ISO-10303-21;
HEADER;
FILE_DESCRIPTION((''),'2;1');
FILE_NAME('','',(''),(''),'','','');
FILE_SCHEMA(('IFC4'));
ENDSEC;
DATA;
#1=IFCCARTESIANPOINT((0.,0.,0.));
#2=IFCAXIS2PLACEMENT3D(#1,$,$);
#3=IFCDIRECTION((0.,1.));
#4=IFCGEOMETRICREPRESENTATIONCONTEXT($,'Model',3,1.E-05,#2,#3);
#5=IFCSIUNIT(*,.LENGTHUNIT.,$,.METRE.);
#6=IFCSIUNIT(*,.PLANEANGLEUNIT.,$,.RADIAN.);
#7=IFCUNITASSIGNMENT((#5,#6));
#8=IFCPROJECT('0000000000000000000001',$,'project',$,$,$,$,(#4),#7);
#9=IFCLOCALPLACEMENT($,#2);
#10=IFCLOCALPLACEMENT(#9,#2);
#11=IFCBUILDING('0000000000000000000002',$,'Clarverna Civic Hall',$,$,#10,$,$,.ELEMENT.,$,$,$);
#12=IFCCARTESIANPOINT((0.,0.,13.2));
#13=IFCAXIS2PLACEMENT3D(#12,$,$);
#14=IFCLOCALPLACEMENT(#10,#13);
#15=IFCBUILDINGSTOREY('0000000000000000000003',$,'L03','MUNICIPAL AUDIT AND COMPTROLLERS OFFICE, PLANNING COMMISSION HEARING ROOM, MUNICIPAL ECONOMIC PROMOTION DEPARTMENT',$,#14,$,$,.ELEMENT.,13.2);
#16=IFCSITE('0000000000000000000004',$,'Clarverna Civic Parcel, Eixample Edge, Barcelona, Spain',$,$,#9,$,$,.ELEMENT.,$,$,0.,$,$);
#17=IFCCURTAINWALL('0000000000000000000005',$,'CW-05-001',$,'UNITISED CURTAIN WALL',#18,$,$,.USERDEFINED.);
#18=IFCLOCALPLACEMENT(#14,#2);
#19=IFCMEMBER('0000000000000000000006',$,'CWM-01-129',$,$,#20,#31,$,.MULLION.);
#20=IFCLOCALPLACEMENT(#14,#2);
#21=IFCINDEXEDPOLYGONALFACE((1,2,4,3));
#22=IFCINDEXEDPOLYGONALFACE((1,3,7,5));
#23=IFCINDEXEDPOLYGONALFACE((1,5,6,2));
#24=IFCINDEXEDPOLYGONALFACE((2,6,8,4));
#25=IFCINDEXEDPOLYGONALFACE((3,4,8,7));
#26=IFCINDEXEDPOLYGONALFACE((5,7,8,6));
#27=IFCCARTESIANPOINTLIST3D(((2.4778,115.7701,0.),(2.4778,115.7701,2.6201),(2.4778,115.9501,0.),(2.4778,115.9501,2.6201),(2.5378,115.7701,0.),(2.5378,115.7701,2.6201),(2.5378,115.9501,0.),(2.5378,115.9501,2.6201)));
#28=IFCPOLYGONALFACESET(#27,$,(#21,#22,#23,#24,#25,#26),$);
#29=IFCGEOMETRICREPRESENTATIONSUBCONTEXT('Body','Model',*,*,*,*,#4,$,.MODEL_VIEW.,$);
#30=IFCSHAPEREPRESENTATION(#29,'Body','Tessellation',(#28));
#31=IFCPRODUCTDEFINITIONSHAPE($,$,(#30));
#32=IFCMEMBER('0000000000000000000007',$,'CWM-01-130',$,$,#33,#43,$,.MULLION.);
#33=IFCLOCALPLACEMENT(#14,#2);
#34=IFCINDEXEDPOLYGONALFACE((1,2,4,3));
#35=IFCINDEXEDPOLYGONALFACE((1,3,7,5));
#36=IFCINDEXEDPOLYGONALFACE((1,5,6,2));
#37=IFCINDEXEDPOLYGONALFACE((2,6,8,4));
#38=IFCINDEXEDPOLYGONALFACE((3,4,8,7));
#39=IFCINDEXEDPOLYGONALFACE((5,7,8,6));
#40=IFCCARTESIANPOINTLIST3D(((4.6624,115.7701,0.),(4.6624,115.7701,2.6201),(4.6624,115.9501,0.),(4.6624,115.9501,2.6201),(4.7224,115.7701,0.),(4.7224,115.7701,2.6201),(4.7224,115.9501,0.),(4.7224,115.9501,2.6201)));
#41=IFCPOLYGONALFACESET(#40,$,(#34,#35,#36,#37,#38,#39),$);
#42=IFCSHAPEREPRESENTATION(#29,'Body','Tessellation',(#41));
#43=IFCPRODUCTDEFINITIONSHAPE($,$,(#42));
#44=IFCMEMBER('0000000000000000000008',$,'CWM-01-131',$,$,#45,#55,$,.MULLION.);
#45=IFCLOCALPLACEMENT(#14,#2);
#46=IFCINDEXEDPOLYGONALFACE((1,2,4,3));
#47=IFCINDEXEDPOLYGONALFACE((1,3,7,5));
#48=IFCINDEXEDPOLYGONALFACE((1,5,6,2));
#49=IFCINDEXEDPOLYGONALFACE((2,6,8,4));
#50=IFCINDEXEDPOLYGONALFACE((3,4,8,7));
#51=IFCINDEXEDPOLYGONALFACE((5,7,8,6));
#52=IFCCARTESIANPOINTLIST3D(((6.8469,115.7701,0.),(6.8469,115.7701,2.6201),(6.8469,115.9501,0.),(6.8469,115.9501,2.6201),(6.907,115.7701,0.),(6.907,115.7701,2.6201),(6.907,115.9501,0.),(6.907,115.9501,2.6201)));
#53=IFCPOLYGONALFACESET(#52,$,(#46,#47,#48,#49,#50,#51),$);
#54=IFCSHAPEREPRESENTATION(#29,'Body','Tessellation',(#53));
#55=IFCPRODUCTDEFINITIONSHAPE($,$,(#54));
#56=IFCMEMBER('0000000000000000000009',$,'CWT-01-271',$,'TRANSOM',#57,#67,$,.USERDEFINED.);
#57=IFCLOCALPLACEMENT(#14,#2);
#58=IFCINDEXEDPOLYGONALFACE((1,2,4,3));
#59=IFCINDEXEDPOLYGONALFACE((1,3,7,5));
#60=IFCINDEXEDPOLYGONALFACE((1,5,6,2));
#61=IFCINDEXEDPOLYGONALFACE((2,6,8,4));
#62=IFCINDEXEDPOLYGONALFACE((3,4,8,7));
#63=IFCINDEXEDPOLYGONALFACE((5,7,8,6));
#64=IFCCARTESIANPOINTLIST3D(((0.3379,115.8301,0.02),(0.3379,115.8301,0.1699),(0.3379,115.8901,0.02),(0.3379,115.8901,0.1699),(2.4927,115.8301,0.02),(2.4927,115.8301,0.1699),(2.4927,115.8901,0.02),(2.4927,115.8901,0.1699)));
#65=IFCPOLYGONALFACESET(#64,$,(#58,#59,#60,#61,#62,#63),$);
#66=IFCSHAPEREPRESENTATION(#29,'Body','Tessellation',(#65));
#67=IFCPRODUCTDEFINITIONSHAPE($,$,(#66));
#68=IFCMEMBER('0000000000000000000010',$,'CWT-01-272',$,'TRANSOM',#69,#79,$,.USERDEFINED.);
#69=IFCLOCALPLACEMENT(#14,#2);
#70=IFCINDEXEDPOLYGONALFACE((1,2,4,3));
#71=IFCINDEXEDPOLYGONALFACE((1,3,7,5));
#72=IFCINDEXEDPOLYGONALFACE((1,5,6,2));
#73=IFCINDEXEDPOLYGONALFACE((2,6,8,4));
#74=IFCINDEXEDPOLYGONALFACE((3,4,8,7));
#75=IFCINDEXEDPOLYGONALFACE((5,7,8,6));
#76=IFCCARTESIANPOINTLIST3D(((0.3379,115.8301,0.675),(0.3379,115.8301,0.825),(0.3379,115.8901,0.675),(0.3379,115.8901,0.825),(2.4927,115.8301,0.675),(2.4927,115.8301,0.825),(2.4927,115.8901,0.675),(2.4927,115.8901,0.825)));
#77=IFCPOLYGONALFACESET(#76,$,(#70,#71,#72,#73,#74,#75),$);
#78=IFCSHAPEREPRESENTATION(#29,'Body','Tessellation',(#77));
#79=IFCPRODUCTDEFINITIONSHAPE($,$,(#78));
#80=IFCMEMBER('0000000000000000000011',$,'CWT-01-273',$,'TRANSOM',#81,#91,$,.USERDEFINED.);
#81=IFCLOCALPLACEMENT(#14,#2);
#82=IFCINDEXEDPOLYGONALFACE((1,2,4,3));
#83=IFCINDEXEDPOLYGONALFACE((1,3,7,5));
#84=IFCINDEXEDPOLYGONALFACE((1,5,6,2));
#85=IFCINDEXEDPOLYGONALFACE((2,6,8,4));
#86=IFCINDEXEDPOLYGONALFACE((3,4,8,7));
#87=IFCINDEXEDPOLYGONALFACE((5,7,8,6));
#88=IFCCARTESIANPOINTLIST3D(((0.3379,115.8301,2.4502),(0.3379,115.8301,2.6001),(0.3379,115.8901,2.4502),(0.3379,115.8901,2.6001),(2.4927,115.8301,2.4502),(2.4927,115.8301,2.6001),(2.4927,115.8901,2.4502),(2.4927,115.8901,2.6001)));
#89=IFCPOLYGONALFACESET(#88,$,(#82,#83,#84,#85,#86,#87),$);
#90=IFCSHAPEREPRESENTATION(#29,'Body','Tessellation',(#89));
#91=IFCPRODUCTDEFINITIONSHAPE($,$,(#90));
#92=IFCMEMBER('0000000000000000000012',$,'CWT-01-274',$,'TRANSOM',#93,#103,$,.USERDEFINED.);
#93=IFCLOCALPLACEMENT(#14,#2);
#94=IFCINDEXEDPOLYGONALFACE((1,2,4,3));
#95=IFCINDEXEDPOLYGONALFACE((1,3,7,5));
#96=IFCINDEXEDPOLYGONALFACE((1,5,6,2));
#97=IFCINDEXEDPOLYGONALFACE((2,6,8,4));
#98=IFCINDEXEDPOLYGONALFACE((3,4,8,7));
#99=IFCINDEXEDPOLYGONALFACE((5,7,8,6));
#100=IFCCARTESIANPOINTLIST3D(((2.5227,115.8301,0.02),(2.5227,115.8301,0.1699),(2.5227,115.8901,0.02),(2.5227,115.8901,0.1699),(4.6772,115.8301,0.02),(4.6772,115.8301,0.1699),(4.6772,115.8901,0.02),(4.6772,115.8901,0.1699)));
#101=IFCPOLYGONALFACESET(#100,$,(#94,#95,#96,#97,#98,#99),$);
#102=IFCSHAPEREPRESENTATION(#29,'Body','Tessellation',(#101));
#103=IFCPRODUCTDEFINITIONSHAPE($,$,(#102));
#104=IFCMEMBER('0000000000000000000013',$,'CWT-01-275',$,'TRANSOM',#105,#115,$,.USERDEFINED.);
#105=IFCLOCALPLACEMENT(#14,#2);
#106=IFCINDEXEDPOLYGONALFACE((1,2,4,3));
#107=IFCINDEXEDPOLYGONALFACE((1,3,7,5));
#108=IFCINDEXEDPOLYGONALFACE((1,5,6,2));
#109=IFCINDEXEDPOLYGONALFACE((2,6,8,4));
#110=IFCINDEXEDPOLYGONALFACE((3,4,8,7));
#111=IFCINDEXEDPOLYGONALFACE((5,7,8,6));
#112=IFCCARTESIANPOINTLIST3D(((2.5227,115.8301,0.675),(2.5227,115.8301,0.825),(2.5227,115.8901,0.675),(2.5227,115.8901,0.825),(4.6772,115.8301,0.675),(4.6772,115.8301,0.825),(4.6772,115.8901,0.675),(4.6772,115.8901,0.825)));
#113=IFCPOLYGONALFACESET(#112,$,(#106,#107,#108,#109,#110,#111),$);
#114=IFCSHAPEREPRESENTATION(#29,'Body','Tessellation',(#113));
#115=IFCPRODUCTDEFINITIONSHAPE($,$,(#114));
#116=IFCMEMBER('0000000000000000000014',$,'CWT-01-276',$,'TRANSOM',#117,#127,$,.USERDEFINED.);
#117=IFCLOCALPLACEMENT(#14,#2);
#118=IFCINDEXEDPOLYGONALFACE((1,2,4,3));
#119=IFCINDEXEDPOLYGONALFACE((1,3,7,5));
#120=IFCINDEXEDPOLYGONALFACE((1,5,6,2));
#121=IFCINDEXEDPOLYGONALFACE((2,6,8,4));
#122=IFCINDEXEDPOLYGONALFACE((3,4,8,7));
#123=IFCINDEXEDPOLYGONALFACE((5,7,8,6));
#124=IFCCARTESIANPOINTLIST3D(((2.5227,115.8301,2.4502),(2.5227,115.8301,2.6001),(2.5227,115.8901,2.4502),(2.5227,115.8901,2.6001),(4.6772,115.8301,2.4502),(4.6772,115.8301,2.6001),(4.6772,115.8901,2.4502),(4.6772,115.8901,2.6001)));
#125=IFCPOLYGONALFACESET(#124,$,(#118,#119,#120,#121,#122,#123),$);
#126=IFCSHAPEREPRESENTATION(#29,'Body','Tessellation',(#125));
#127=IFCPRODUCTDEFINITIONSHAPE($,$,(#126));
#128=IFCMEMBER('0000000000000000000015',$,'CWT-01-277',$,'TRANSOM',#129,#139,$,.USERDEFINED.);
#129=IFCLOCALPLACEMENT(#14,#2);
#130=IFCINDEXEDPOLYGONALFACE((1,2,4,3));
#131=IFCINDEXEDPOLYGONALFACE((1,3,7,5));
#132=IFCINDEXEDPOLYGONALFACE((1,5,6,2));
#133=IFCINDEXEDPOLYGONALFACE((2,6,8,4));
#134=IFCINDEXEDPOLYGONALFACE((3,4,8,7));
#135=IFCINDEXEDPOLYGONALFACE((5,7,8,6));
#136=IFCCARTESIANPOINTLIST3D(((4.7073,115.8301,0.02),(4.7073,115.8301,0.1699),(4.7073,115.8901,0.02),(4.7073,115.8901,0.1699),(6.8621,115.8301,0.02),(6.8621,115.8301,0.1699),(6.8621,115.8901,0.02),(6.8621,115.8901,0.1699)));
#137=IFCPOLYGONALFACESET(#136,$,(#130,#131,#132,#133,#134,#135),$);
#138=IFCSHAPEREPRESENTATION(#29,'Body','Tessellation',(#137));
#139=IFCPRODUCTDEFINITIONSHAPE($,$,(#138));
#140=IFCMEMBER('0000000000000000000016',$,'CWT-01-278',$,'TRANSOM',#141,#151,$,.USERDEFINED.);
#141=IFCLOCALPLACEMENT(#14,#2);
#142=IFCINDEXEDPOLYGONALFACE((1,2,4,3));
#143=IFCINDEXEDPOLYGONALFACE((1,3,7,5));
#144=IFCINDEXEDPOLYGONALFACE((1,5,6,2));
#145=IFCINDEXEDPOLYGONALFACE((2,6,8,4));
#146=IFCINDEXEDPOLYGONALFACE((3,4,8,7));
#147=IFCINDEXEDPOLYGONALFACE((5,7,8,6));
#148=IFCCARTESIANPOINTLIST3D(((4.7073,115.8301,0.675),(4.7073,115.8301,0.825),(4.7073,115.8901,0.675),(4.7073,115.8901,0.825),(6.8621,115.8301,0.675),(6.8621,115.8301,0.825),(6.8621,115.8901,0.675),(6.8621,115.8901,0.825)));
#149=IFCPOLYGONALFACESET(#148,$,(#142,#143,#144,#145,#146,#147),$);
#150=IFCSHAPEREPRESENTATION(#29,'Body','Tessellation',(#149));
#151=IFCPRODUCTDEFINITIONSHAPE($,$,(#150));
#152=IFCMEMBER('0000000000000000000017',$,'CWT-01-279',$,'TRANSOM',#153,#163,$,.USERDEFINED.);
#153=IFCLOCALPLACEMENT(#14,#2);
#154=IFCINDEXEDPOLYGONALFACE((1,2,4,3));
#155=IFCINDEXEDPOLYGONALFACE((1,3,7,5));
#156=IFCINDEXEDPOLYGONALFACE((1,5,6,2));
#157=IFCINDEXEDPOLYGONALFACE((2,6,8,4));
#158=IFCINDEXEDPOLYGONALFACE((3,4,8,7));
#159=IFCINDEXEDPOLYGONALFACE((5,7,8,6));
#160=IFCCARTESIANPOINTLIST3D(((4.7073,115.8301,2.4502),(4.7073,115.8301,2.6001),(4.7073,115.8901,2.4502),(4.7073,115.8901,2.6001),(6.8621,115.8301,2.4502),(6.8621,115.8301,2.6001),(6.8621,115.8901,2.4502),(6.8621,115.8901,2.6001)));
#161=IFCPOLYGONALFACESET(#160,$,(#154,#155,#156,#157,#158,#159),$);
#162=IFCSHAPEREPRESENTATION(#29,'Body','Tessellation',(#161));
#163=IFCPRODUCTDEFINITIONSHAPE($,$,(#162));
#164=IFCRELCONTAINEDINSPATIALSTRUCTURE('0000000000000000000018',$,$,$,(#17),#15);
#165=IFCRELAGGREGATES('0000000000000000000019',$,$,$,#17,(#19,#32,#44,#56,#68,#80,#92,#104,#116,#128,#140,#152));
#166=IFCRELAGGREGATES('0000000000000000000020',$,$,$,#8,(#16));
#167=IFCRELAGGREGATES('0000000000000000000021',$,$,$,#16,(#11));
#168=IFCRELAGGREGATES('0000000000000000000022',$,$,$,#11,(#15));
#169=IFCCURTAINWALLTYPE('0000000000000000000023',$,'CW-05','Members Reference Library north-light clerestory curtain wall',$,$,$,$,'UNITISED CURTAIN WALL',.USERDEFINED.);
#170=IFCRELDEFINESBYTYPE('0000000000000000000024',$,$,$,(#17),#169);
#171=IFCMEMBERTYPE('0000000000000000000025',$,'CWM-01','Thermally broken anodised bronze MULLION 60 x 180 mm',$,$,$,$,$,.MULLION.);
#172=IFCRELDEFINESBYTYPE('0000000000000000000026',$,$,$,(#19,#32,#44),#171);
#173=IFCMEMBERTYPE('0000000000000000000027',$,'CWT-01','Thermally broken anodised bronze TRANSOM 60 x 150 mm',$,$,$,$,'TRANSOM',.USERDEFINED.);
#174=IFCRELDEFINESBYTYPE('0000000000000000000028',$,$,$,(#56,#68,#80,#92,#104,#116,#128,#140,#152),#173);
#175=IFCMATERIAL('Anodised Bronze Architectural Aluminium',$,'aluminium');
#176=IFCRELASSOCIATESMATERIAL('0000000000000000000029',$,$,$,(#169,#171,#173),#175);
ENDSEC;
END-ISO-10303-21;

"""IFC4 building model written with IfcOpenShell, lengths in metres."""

from ifc_helpers import new_model, si_unit, direction, frame, origin, origin_2d, place, context, subcontext, project, spatial, rectangle, extrude, material, material_profile, profile_set, type_object, element, aggregate, save


model = new_model("IFC4")

# Units and contexts
model_context = context("Model", 3, precision=1e-05, world=origin(), true_north=direction((0.0, 1.0)))
body_context = subcontext(model_context, "Body", "Model", "MODEL_VIEW")
ifc_project = project(units=[si_unit("LENGTHUNIT", "METRE"), si_unit("PLANEANGLEUNIT", "RADIAN")], contexts=[model_context])

# Site, building, storey
site_placement = place(None, origin())
site = spatial("IfcSite", under=ifc_project, at=site_placement, Name="Clarverna Civic Parcel, Eixample Edge, Barcelona, Spain", CompositionType="ELEMENT", RefElevation=0.0)
building_placement = place(site_placement, origin())
building = spatial("IfcBuilding", under=site, at=building_placement, Name="Clarverna Civic Hall", CompositionType="ELEMENT")
storey_placement = place(building_placement, frame((0.0, 0.0, 13.2)))
storey = spatial("IfcBuildingStorey", under=building, at=storey_placement, Name="L03", Description="MUNICIPAL AUDIT AND COMPTROLLERS OFFICE, PLANNING COMMISSION HEARING ROOM, MUNICIPAL ECONOMIC PROMOTION DEPARTMENT", CompositionType="ELEMENT", Elevation=13.2)

# Curtain wall, members
ifc_material_1 = material(Name="Anodised Bronze Architectural Aluminium", Category="aluminium")
curtain_wall_type = type_object("IfcCurtainWallType", Name="CW-05", Description="Members Reference Library north-light clerestory curtain wall", ElementType="UNITISED CURTAIN WALL", PredefinedType="USERDEFINED", material=ifc_material_1)
curtain_wall_placement = place(storey_placement, origin())
curtain_wall = element("IfcCurtainWall", 1, at=curtain_wall_placement, inside=storey, type_object=curtain_wall_type, Name="CW-05-001", ObjectType="UNITISED CURTAIN WALL", PredefinedType="USERDEFINED")
ifc_material_profile_1 = material_profile(ifc_material_1, rectangle(XDim=0.0601, YDim=0.1799, at=origin_2d()), Name="BRONZE 60x180")
ifc_profile_set_1 = profile_set([ifc_material_profile_1], Name="Anodised Bronze Architectural Aluminium")
member_type_1 = type_object("IfcMemberType", Name="CWM-01", Description="Thermally broken anodised bronze MULLION 60 x 180 mm", PredefinedType="MULLION", material=ifc_profile_set_1)
member_1_placement = place(storey_placement, frame((2.5078, 115.8601, 0.0), z_axis=(0.0, 0.0, 1.0), x_axis=(1.0, 0.0, 0.0)))
member_1 = element("IfcMember", 2, at=member_1_placement, type_object=member_type_1, Name="CWM-01-129", PredefinedType="MULLION", context=body_context, shape_type="SweptSolid", body=[
    extrude(rectangle(XDim=0.0601, YDim=0.1799, at=origin_2d()), origin(), (0.0, 0.0, 1.0), 2.6201),
])
member_2_placement = place(storey_placement, frame((4.6924, 115.8601, 0.0), z_axis=(0.0, 0.0, 1.0), x_axis=(1.0, 0.0, 0.0)))
member_2 = element("IfcMember", 3, at=member_2_placement, type_object=member_type_1, Name="CWM-01-130", PredefinedType="MULLION", context=body_context, shape_type="SweptSolid", body=[
    extrude(rectangle(XDim=0.0601, YDim=0.1799, at=origin_2d()), origin(), (0.0, 0.0, 1.0), 2.6201),
])
member_3_placement = place(storey_placement, frame((6.877, 115.8601, 0.0), z_axis=(0.0, 0.0, 1.0), x_axis=(1.0, 0.0, 0.0)))
member_3 = element("IfcMember", 4, at=member_3_placement, type_object=member_type_1, Name="CWM-01-131", PredefinedType="MULLION", context=body_context, shape_type="SweptSolid", body=[
    extrude(rectangle(XDim=0.0601, YDim=0.1799, at=origin_2d()), origin(), (0.0, 0.0, 1.0), 2.6201),
])
ifc_material_profile_2 = material_profile(ifc_material_1, rectangle(XDim=0.0601, YDim=0.1499, at=origin_2d()), Name="BRONZE 60x150")
ifc_profile_set_2 = profile_set([ifc_material_profile_2], Name="Anodised Bronze Architectural Aluminium")
member_type_2 = type_object("IfcMemberType", Name="CWT-01", Description="Thermally broken anodised bronze TRANSOM 60 x 150 mm", ElementType="TRANSOM", PredefinedType="USERDEFINED", material=ifc_profile_set_2)
member_4_placement = place(storey_placement, frame((0.3379, 115.8601, 0.095), z_axis=(1.0, 0.0, 0.0), x_axis=(0.0, 1.0, 0.0)))
member_4 = element("IfcMember", 5, at=member_4_placement, type_object=member_type_2, Name="CWT-01-271", ObjectType="TRANSOM", PredefinedType="USERDEFINED", context=body_context, shape_type="SweptSolid", body=[
    extrude(rectangle(XDim=0.0601, YDim=0.1499, at=origin_2d()), origin(), (0.0, 0.0, 1.0), 2.1548),
])
member_5_placement = place(storey_placement, frame((0.3379, 115.8601, 0.75), z_axis=(1.0, 0.0, 0.0), x_axis=(0.0, 1.0, 0.0)))
member_5 = element("IfcMember", 6, at=member_5_placement, type_object=member_type_2, Name="CWT-01-272", ObjectType="TRANSOM", PredefinedType="USERDEFINED", context=body_context, shape_type="SweptSolid", body=[
    extrude(rectangle(XDim=0.0601, YDim=0.1499, at=origin_2d()), origin(), (0.0, 0.0, 1.0), 2.1548),
])
member_6_placement = place(storey_placement, frame((0.3379, 115.8601, 2.5251), z_axis=(1.0, 0.0, 0.0), x_axis=(0.0, 1.0, 0.0)))
member_6 = element("IfcMember", 7, at=member_6_placement, type_object=member_type_2, Name="CWT-01-273", ObjectType="TRANSOM", PredefinedType="USERDEFINED", context=body_context, shape_type="SweptSolid", body=[
    extrude(rectangle(XDim=0.0601, YDim=0.1499, at=origin_2d()), origin(), (0.0, 0.0, 1.0), 2.1548),
])
member_7_placement = place(storey_placement, frame((2.5227, 115.8601, 0.095), z_axis=(1.0, 0.0, 0.0), x_axis=(0.0, 1.0, 0.0)))
member_7 = element("IfcMember", 8, at=member_7_placement, type_object=member_type_2, Name="CWT-01-274", ObjectType="TRANSOM", PredefinedType="USERDEFINED", context=body_context, shape_type="SweptSolid", body=[
    extrude(rectangle(XDim=0.0601, YDim=0.1499, at=origin_2d()), origin(), (0.0, 0.0, 1.0), 2.1545),
])
member_8_placement = place(storey_placement, frame((2.5227, 115.8601, 0.75), z_axis=(1.0, 0.0, 0.0), x_axis=(0.0, 1.0, 0.0)))
member_8 = element("IfcMember", 9, at=member_8_placement, type_object=member_type_2, Name="CWT-01-275", ObjectType="TRANSOM", PredefinedType="USERDEFINED", context=body_context, shape_type="SweptSolid", body=[
    extrude(rectangle(XDim=0.0601, YDim=0.1499, at=origin_2d()), origin(), (0.0, 0.0, 1.0), 2.1545),
])
member_9_placement = place(storey_placement, frame((2.5227, 115.8601, 2.5251), z_axis=(1.0, 0.0, 0.0), x_axis=(0.0, 1.0, 0.0)))
member_9 = element("IfcMember", 10, at=member_9_placement, type_object=member_type_2, Name="CWT-01-276", ObjectType="TRANSOM", PredefinedType="USERDEFINED", context=body_context, shape_type="SweptSolid", body=[
    extrude(rectangle(XDim=0.0601, YDim=0.1499, at=origin_2d()), origin(), (0.0, 0.0, 1.0), 2.1545),
])
member_10_placement = place(storey_placement, frame((4.7073, 115.8601, 0.095), z_axis=(1.0, 0.0, 0.0), x_axis=(0.0, 1.0, 0.0)))
member_10 = element("IfcMember", 11, at=member_10_placement, type_object=member_type_2, Name="CWT-01-277", ObjectType="TRANSOM", PredefinedType="USERDEFINED", context=body_context, shape_type="SweptSolid", body=[
    extrude(rectangle(XDim=0.0601, YDim=0.1499, at=origin_2d()), origin(), (0.0, 0.0, 1.0), 2.1548),
])
member_11_placement = place(storey_placement, frame((4.7073, 115.8601, 0.75), z_axis=(1.0, 0.0, 0.0), x_axis=(0.0, 1.0, 0.0)))
member_11 = element("IfcMember", 12, at=member_11_placement, type_object=member_type_2, Name="CWT-01-278", ObjectType="TRANSOM", PredefinedType="USERDEFINED", context=body_context, shape_type="SweptSolid", body=[
    extrude(rectangle(XDim=0.0601, YDim=0.1499, at=origin_2d()), origin(), (0.0, 0.0, 1.0), 2.1548),
])
member_12_placement = place(storey_placement, frame((4.7073, 115.8601, 2.5251), z_axis=(1.0, 0.0, 0.0), x_axis=(0.0, 1.0, 0.0)))
member_12 = element("IfcMember", 13, at=member_12_placement, type_object=member_type_2, Name="CWT-01-279", ObjectType="TRANSOM", PredefinedType="USERDEFINED", context=body_context, shape_type="SweptSolid", body=[
    extrude(rectangle(XDim=0.0601, YDim=0.1499, at=origin_2d()), origin(), (0.0, 0.0, 1.0), 2.1548),
])

aggregate(curtain_wall, [member_1, member_2, member_3, member_4, member_5, member_6, member_7, member_8, member_9, member_10, member_11, member_12])

save(model, "model.ifc")
